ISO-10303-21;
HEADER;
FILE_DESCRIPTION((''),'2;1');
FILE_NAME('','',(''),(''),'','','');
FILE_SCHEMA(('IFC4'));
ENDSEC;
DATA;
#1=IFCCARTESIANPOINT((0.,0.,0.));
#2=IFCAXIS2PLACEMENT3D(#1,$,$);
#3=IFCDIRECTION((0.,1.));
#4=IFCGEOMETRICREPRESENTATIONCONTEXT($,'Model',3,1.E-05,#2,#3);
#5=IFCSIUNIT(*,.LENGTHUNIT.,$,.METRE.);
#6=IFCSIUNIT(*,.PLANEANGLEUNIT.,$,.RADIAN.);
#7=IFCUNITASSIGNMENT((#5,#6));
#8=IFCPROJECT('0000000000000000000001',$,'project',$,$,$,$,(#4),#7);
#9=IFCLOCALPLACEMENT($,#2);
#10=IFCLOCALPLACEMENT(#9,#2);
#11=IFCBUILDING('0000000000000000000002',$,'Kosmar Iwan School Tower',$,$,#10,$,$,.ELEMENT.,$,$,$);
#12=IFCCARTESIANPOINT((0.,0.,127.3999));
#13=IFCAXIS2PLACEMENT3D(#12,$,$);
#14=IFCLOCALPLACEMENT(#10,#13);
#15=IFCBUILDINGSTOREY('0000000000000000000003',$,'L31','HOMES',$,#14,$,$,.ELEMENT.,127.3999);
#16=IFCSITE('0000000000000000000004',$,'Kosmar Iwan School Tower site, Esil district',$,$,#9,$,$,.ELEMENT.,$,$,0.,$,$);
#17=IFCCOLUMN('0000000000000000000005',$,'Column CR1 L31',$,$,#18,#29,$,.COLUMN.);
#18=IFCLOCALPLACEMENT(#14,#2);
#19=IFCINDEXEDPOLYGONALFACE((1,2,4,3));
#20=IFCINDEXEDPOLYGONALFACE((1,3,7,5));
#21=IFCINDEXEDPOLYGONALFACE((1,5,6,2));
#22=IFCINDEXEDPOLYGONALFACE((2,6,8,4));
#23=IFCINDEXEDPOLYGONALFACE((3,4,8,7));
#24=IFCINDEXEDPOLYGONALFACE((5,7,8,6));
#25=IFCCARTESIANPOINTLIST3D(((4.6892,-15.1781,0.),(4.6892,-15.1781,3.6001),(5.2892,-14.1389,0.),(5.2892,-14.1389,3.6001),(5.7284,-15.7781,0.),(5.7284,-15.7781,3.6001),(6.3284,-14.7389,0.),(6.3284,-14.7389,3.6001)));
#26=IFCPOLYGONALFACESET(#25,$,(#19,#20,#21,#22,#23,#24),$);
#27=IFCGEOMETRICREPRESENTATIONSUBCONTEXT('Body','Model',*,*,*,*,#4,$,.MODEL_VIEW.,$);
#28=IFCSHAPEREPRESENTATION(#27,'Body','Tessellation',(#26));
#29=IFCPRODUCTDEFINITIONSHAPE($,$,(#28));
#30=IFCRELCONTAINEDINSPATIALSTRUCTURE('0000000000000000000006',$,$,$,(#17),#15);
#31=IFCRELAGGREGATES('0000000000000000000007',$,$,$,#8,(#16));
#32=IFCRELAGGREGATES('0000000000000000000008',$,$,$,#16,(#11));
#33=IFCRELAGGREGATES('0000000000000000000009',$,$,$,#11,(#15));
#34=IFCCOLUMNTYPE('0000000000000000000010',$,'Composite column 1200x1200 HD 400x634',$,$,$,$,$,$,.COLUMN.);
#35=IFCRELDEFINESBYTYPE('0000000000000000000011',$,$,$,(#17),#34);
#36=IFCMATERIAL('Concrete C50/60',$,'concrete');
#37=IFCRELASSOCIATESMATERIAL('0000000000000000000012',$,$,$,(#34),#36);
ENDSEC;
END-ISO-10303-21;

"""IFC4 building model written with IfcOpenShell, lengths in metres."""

from ifc_helpers import new_model, si_unit, direction, frame, origin, origin_2d, place, context, subcontext, project, spatial, rectangle, extrude, material, material_profile, profile_set, type_object, element, save


model = new_model("IFC4")

# Units and contexts
model_context = context("Model", 3, precision=1e-05, world=origin(), true_north=direction((0.0, 1.0)))
body_context = subcontext(model_context, "Body", "Model", "MODEL_VIEW")
ifc_project = project(units=[si_unit("LENGTHUNIT", "METRE"), si_unit("PLANEANGLEUNIT", "RADIAN")], contexts=[model_context])

# Site, building, storey
site_placement = place(None, origin())
site = spatial("IfcSite", under=ifc_project, at=site_placement, Name="Kosmar Iwan School Tower site, Esil district", CompositionType="ELEMENT", RefElevation=0.0)
building_placement = place(site_placement, origin())
building = spatial("IfcBuilding", under=site, at=building_placement, Name="Kosmar Iwan School Tower", CompositionType="ELEMENT")
storey_placement = place(building_placement, frame((0.0, 0.0, 127.3999)))
storey = spatial("IfcBuildingStorey", under=building, at=storey_placement, Name="L31", Description="HOMES", CompositionType="ELEMENT", Elevation=127.3999)

# Column
ifc_material_1 = material(Name="Concrete C50/60", Category="concrete")
ifc_material_profile = material_profile(ifc_material_1, rectangle(XDim=1.2, YDim=1.2, at=origin_2d()), Name="RC 1200x1200 + HD 400x634")
ifc_profile_set = profile_set([ifc_material_profile], Name="Concrete C50/60")
column_type = type_object("IfcColumnType", Name="Composite column 1200x1200 HD 400x634", PredefinedType="COLUMN", material=ifc_profile_set)
column_placement = place(storey_placement, frame((5.5088, -14.9585, 0.0), z_axis=(0.0, 0.0, 1.0), x_axis=(0.866025, -0.5, 0.0)))
element("IfcColumn", 1, at=column_placement, inside=storey, type_object=column_type, Name="Column CR1 L31", PredefinedType="COLUMN", context=body_context, shape_type="SweptSolid", body=[
    extrude(rectangle(XDim=1.2, YDim=1.2, at=origin_2d()), origin(), (0.0, 0.0, 1.0), 3.6001),
])

save(model, "model.ifc")
